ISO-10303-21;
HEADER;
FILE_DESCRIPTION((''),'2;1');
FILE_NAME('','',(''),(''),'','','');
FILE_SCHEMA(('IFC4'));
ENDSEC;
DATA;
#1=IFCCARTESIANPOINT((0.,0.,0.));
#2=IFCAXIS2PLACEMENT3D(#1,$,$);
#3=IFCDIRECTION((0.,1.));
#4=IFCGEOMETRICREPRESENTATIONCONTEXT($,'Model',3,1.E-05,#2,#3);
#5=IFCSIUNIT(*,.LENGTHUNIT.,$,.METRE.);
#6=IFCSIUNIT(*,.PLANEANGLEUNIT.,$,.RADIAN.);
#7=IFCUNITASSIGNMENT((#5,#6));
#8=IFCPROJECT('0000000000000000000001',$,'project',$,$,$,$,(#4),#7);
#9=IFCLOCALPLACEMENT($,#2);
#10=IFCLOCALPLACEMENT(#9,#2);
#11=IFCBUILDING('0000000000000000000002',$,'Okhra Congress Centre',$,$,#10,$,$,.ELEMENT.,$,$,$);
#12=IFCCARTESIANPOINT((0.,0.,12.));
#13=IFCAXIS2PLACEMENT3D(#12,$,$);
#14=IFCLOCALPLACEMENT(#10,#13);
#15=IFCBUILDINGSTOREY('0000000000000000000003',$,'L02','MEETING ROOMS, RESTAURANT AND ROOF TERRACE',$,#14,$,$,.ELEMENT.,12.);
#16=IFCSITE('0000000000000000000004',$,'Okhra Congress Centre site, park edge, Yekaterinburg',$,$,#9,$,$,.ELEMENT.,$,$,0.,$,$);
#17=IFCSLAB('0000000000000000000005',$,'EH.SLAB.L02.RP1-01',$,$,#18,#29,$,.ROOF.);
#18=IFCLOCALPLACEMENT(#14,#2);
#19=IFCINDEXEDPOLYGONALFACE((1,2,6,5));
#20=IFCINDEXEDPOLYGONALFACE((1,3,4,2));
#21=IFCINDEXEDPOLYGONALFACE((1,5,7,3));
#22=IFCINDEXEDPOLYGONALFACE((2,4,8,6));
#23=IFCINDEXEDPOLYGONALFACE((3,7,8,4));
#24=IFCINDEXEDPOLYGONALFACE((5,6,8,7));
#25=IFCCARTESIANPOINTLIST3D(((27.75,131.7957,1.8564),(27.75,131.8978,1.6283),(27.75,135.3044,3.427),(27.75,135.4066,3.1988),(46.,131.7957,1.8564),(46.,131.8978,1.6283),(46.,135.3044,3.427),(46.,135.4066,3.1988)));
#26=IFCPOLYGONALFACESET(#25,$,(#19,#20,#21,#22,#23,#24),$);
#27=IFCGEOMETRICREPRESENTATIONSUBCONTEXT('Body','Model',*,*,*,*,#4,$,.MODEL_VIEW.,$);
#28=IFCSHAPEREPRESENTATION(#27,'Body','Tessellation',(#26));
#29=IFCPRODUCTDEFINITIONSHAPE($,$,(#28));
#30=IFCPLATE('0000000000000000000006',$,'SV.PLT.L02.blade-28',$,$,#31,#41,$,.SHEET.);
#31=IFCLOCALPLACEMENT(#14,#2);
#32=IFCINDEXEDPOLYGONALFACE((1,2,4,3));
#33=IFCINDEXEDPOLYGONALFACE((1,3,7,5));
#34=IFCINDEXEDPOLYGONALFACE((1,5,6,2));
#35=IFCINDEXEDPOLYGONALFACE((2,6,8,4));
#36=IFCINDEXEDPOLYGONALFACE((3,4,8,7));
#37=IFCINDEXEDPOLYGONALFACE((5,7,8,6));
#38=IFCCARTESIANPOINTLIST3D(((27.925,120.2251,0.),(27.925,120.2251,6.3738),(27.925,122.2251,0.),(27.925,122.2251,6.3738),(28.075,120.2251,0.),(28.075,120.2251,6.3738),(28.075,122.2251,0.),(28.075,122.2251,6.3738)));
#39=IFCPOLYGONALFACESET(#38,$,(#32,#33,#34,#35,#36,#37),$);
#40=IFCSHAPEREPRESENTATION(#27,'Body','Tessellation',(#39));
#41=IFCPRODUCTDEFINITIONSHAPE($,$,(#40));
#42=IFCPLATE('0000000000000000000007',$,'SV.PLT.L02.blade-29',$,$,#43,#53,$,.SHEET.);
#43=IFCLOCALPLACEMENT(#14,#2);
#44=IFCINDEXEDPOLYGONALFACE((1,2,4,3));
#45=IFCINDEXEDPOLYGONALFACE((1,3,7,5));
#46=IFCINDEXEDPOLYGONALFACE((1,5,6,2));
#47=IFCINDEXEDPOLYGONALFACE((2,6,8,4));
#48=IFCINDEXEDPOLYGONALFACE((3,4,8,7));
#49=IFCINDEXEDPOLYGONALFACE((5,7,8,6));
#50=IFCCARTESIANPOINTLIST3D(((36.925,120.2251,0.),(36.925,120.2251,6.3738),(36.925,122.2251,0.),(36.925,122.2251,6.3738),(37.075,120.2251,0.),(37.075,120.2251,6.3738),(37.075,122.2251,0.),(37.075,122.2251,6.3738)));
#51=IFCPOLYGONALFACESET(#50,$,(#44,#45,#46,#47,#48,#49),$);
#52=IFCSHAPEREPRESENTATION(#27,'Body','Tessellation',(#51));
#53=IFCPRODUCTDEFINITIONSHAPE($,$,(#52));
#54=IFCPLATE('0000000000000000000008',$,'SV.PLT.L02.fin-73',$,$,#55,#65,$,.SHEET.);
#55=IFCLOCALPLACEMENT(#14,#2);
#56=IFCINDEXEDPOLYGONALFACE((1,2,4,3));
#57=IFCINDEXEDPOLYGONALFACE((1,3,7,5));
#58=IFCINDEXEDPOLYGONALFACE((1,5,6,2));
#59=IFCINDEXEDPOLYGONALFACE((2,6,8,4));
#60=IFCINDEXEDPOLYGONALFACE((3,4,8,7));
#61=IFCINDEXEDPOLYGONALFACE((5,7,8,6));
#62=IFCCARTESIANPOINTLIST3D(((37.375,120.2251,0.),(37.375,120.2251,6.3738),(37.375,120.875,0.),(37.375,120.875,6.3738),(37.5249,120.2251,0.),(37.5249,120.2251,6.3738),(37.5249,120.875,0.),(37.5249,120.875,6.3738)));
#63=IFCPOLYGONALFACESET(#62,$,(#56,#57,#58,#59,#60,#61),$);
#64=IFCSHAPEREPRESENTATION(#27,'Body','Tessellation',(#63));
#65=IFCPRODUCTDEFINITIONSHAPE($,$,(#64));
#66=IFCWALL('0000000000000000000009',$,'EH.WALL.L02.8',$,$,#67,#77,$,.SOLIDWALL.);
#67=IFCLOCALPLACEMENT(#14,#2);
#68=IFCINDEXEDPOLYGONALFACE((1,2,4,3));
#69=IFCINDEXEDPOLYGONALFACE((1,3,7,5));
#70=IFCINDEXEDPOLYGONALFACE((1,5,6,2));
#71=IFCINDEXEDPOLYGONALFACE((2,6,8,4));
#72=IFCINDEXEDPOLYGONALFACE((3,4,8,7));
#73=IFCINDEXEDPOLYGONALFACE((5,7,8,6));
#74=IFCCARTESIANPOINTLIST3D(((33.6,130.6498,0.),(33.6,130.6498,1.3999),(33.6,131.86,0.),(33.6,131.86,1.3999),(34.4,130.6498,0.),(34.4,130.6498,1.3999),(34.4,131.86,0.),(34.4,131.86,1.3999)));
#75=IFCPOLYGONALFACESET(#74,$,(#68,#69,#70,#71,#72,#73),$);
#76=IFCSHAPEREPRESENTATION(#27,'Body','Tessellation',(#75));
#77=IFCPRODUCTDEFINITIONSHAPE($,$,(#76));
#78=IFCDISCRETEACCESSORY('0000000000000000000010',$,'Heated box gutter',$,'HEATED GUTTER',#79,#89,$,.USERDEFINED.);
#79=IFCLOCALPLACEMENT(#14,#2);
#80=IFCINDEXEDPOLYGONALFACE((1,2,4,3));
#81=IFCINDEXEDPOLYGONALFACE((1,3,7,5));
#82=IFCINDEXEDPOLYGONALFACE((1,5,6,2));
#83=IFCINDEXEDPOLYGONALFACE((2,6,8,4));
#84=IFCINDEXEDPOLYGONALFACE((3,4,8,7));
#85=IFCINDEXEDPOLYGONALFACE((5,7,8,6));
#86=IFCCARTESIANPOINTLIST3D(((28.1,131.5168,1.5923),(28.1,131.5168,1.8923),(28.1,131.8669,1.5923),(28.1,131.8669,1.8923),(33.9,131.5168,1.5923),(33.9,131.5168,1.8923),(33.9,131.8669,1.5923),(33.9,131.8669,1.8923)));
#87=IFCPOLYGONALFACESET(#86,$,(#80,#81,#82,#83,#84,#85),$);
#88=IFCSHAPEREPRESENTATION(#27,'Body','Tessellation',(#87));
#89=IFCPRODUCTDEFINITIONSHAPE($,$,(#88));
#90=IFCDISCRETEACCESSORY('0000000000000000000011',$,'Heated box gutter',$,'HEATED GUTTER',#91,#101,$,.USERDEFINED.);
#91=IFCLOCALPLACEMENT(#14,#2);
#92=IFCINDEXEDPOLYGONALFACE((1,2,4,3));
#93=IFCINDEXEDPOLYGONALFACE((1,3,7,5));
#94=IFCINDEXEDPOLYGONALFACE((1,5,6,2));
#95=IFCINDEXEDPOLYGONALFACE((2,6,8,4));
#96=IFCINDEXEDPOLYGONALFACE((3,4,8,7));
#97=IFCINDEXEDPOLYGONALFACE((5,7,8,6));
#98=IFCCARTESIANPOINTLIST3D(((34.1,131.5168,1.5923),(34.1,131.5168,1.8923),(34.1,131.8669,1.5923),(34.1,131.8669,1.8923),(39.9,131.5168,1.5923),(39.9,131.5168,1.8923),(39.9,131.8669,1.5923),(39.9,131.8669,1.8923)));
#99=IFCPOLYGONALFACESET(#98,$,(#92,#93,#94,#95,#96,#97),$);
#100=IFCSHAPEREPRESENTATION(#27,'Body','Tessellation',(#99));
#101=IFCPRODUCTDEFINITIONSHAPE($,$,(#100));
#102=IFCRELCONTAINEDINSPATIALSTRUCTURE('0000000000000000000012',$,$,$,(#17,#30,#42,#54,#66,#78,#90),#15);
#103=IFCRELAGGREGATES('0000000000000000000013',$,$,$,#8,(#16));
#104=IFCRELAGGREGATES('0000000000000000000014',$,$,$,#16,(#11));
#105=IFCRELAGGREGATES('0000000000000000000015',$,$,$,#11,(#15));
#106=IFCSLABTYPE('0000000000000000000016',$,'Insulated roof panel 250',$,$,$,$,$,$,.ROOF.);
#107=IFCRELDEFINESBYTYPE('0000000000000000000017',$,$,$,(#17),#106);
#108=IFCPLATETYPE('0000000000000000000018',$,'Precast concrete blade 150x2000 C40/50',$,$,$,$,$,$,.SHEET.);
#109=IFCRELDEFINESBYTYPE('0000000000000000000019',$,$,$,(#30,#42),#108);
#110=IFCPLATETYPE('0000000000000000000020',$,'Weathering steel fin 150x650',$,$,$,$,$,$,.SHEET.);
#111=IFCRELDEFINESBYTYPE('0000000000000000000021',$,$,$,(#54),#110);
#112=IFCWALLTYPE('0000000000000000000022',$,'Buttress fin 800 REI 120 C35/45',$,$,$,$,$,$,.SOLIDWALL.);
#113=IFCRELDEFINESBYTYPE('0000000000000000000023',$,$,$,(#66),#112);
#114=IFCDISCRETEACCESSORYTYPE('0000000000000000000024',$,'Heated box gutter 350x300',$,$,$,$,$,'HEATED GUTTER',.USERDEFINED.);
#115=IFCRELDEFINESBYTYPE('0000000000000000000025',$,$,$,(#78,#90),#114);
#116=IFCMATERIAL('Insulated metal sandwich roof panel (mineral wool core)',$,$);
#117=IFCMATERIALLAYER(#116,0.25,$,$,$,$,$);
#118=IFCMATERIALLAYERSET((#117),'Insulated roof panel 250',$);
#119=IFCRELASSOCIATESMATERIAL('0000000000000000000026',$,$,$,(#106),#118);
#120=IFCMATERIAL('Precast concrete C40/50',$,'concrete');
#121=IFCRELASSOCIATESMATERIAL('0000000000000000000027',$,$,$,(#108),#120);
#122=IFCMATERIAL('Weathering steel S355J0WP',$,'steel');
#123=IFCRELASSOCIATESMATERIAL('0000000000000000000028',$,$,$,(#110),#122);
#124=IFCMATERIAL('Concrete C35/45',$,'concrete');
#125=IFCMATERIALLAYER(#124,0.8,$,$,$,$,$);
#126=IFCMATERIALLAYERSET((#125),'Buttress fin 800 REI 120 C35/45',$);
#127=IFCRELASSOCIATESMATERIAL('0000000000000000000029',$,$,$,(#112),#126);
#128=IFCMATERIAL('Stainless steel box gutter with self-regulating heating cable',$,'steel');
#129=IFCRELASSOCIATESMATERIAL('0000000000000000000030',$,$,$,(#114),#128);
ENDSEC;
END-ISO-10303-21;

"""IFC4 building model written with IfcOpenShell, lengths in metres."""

from ifc_helpers import new_model, si_unit, direction, frame, frame_2d, origin, origin_2d, place, context, subcontext, project, spatial, polyline, rectangle, outline, extrude, material, layer, layer_set, type_object, element, save


model = new_model("IFC4")

# Units and contexts
model_context = context("Model", 3, precision=1e-05, world=origin(), true_north=direction((0.0, 1.0)))
body_context = subcontext(model_context, "Body", "Model", "MODEL_VIEW")
ifc_project = project(units=[si_unit("LENGTHUNIT", "METRE"), si_unit("PLANEANGLEUNIT", "RADIAN")], contexts=[model_context])

# Site, building, storey
site_placement = place(None, origin())
site = spatial("IfcSite", under=ifc_project, at=site_placement, Name="Okhra Congress Centre site, park edge, Yekaterinburg", CompositionType="ELEMENT", RefElevation=0.0)
building_placement = place(site_placement, origin())
building = spatial("IfcBuilding", under=site, at=building_placement, Name="Okhra Congress Centre", CompositionType="ELEMENT")
storey_placement = place(building_placement, frame((0.0, 0.0, 12.0)))
storey = spatial("IfcBuildingStorey", under=building, at=storey_placement, Name="L02", Description="MEETING ROOMS, RESTAURANT AND ROOF TERRACE", CompositionType="ELEMENT", Elevation=12.0)

# Slab
ifc_material_1 = material(Name="Insulated metal sandwich roof panel (mineral wool core)")
ifc_layer_1 = layer(ifc_material_1, 0.25)
ifc_layer_set_1 = layer_set([ifc_layer_1], Name="Insulated roof panel 250")
slab_type = type_object("IfcSlabType", Name="Insulated roof panel 250", PredefinedType="ROOF", material=ifc_layer_set_1)
slab_placement = place(storey_placement, frame((27.75, 131.7957, 1.8564), z_axis=(0.0, -0.408547, 0.912737), x_axis=(1.0, 0.0, 0.0)))
element("IfcSlab", 1, at=slab_placement, inside=storey, type_object=slab_type, Name="EH.SLAB.L02.RP1-01", PredefinedType="ROOF", context=body_context, shape_type="SweptSolid", body=[
    extrude(outline(polyline([(0.0, 0.0), (18.25, 0.0), (18.25, 3.8442), (0.0, 3.8442), (0.0, 0.0)])), origin(), (0.0, 0.0, -1.0), 0.25),
])

# Plates
ifc_material_2 = material(Name="Precast concrete C40/50", Category="concrete")
plate_type_1 = type_object("IfcPlateType", Name="Precast concrete blade 150x2000 C40/50", PredefinedType="SHEET", material=ifc_material_2)
for number, where, z_axis, x_axis, name in (
    (2, (28.0, 121.2251, 0.0), (0.0, 0.0, 1.0), (-1.0, 0.0, 0.0), "SV.PLT.L02.blade-28"),
    (3, (37.0, 121.2251, 0.0), (0.0, 0.0, 1.0), (-1.0, 0.0, 0.0), "SV.PLT.L02.blade-29"),
):
    element("IfcPlate", number, at=place(storey_placement, frame(where, z_axis=z_axis, x_axis=x_axis)), inside=storey, type_object=plate_type_1, Name=name, PredefinedType="SHEET", context=body_context, shape_type="SweptSolid", body=[
        extrude(rectangle(XDim=0.1499, YDim=2.0, at=origin_2d()), origin(), (0.0, 0.0, 1.0), 6.3738),
    ])
ifc_material_3 = material(Name="Weathering steel S355J0WP", Category="steel")
plate_type_2 = type_object("IfcPlateType", Name="Weathering steel fin 150x650", PredefinedType="SHEET", material=ifc_material_3)
plate_placement = place(storey_placement, frame((37.45, 120.55, 0.0), z_axis=(0.0, 0.0, 1.0), x_axis=(-1.0, 0.0, 0.0)))
element("IfcPlate", 4, at=plate_placement, inside=storey, type_object=plate_type_2, Name="SV.PLT.L02.fin-73", PredefinedType="SHEET", context=body_context, shape_type="SweptSolid", body=[
    extrude(rectangle(XDim=0.1499, YDim=0.6499, at=origin_2d()), origin(), (0.0, 0.0, 1.0), 6.3738),
])

# Wall
ifc_material_4 = material(Name="Concrete C35/45", Category="concrete")
ifc_layer_2 = layer(ifc_material_4, 0.8)
ifc_layer_set_2 = layer_set([ifc_layer_2], Name="Buttress fin 800 REI 120 C35/45")
wall_type = type_object("IfcWallType", Name="Buttress fin 800 REI 120 C35/45", PredefinedType="SOLIDWALL", material=ifc_layer_set_2)
wall_placement = place(storey_placement, frame((34.0, 130.6499, 0.0), z_axis=(0.0, 0.0, 1.0), x_axis=(0.0, 1.0, 0.0)))
element("IfcWall", 5, at=wall_placement, inside=storey, type_object=wall_type, Name="EH.WALL.L02.8", PredefinedType="SOLIDWALL", context=body_context, shape_type="SweptSolid", body=[
    extrude(rectangle(XDim=1.2102, YDim=0.8, at=frame_2d((0.605, 0.0))), origin(), (0.0, 0.0, 1.0), 1.3999),
])

# Discrete accessories
ifc_material_5 = material(Name="Stainless steel box gutter with self-regulating heating cable", Category="steel")
discrete_accessory_type = type_object("IfcDiscreteAccessoryType", Name="Heated box gutter 350x300", ElementType="HEATED GUTTER", PredefinedType="USERDEFINED", material=ifc_material_5)
for number, where, z_axis, x_axis, name in (
    (6, (31.0, 131.6919, 1.5923), (0.0, 0.0, 1.0), (1.0, 0.0, 0.0), "Heated box gutter"),
    (7, (37.0, 131.6919, 1.5923), (0.0, 0.0, 1.0), (1.0, 0.0, 0.0), "Heated box gutter"),
):
    element("IfcDiscreteAccessory", number, at=place(storey_placement, frame(where, z_axis=z_axis, x_axis=x_axis)), inside=storey, type_object=discrete_accessory_type, Name=name, ObjectType="HEATED GUTTER", PredefinedType="USERDEFINED", context=body_context, shape_type="SweptSolid", body=[
        extrude(rectangle(XDim=5.8, YDim=0.3501, at=origin_2d()), origin(), (0.0, 0.0, 1.0), 0.3),
    ])

save(model, "model.ifc")
